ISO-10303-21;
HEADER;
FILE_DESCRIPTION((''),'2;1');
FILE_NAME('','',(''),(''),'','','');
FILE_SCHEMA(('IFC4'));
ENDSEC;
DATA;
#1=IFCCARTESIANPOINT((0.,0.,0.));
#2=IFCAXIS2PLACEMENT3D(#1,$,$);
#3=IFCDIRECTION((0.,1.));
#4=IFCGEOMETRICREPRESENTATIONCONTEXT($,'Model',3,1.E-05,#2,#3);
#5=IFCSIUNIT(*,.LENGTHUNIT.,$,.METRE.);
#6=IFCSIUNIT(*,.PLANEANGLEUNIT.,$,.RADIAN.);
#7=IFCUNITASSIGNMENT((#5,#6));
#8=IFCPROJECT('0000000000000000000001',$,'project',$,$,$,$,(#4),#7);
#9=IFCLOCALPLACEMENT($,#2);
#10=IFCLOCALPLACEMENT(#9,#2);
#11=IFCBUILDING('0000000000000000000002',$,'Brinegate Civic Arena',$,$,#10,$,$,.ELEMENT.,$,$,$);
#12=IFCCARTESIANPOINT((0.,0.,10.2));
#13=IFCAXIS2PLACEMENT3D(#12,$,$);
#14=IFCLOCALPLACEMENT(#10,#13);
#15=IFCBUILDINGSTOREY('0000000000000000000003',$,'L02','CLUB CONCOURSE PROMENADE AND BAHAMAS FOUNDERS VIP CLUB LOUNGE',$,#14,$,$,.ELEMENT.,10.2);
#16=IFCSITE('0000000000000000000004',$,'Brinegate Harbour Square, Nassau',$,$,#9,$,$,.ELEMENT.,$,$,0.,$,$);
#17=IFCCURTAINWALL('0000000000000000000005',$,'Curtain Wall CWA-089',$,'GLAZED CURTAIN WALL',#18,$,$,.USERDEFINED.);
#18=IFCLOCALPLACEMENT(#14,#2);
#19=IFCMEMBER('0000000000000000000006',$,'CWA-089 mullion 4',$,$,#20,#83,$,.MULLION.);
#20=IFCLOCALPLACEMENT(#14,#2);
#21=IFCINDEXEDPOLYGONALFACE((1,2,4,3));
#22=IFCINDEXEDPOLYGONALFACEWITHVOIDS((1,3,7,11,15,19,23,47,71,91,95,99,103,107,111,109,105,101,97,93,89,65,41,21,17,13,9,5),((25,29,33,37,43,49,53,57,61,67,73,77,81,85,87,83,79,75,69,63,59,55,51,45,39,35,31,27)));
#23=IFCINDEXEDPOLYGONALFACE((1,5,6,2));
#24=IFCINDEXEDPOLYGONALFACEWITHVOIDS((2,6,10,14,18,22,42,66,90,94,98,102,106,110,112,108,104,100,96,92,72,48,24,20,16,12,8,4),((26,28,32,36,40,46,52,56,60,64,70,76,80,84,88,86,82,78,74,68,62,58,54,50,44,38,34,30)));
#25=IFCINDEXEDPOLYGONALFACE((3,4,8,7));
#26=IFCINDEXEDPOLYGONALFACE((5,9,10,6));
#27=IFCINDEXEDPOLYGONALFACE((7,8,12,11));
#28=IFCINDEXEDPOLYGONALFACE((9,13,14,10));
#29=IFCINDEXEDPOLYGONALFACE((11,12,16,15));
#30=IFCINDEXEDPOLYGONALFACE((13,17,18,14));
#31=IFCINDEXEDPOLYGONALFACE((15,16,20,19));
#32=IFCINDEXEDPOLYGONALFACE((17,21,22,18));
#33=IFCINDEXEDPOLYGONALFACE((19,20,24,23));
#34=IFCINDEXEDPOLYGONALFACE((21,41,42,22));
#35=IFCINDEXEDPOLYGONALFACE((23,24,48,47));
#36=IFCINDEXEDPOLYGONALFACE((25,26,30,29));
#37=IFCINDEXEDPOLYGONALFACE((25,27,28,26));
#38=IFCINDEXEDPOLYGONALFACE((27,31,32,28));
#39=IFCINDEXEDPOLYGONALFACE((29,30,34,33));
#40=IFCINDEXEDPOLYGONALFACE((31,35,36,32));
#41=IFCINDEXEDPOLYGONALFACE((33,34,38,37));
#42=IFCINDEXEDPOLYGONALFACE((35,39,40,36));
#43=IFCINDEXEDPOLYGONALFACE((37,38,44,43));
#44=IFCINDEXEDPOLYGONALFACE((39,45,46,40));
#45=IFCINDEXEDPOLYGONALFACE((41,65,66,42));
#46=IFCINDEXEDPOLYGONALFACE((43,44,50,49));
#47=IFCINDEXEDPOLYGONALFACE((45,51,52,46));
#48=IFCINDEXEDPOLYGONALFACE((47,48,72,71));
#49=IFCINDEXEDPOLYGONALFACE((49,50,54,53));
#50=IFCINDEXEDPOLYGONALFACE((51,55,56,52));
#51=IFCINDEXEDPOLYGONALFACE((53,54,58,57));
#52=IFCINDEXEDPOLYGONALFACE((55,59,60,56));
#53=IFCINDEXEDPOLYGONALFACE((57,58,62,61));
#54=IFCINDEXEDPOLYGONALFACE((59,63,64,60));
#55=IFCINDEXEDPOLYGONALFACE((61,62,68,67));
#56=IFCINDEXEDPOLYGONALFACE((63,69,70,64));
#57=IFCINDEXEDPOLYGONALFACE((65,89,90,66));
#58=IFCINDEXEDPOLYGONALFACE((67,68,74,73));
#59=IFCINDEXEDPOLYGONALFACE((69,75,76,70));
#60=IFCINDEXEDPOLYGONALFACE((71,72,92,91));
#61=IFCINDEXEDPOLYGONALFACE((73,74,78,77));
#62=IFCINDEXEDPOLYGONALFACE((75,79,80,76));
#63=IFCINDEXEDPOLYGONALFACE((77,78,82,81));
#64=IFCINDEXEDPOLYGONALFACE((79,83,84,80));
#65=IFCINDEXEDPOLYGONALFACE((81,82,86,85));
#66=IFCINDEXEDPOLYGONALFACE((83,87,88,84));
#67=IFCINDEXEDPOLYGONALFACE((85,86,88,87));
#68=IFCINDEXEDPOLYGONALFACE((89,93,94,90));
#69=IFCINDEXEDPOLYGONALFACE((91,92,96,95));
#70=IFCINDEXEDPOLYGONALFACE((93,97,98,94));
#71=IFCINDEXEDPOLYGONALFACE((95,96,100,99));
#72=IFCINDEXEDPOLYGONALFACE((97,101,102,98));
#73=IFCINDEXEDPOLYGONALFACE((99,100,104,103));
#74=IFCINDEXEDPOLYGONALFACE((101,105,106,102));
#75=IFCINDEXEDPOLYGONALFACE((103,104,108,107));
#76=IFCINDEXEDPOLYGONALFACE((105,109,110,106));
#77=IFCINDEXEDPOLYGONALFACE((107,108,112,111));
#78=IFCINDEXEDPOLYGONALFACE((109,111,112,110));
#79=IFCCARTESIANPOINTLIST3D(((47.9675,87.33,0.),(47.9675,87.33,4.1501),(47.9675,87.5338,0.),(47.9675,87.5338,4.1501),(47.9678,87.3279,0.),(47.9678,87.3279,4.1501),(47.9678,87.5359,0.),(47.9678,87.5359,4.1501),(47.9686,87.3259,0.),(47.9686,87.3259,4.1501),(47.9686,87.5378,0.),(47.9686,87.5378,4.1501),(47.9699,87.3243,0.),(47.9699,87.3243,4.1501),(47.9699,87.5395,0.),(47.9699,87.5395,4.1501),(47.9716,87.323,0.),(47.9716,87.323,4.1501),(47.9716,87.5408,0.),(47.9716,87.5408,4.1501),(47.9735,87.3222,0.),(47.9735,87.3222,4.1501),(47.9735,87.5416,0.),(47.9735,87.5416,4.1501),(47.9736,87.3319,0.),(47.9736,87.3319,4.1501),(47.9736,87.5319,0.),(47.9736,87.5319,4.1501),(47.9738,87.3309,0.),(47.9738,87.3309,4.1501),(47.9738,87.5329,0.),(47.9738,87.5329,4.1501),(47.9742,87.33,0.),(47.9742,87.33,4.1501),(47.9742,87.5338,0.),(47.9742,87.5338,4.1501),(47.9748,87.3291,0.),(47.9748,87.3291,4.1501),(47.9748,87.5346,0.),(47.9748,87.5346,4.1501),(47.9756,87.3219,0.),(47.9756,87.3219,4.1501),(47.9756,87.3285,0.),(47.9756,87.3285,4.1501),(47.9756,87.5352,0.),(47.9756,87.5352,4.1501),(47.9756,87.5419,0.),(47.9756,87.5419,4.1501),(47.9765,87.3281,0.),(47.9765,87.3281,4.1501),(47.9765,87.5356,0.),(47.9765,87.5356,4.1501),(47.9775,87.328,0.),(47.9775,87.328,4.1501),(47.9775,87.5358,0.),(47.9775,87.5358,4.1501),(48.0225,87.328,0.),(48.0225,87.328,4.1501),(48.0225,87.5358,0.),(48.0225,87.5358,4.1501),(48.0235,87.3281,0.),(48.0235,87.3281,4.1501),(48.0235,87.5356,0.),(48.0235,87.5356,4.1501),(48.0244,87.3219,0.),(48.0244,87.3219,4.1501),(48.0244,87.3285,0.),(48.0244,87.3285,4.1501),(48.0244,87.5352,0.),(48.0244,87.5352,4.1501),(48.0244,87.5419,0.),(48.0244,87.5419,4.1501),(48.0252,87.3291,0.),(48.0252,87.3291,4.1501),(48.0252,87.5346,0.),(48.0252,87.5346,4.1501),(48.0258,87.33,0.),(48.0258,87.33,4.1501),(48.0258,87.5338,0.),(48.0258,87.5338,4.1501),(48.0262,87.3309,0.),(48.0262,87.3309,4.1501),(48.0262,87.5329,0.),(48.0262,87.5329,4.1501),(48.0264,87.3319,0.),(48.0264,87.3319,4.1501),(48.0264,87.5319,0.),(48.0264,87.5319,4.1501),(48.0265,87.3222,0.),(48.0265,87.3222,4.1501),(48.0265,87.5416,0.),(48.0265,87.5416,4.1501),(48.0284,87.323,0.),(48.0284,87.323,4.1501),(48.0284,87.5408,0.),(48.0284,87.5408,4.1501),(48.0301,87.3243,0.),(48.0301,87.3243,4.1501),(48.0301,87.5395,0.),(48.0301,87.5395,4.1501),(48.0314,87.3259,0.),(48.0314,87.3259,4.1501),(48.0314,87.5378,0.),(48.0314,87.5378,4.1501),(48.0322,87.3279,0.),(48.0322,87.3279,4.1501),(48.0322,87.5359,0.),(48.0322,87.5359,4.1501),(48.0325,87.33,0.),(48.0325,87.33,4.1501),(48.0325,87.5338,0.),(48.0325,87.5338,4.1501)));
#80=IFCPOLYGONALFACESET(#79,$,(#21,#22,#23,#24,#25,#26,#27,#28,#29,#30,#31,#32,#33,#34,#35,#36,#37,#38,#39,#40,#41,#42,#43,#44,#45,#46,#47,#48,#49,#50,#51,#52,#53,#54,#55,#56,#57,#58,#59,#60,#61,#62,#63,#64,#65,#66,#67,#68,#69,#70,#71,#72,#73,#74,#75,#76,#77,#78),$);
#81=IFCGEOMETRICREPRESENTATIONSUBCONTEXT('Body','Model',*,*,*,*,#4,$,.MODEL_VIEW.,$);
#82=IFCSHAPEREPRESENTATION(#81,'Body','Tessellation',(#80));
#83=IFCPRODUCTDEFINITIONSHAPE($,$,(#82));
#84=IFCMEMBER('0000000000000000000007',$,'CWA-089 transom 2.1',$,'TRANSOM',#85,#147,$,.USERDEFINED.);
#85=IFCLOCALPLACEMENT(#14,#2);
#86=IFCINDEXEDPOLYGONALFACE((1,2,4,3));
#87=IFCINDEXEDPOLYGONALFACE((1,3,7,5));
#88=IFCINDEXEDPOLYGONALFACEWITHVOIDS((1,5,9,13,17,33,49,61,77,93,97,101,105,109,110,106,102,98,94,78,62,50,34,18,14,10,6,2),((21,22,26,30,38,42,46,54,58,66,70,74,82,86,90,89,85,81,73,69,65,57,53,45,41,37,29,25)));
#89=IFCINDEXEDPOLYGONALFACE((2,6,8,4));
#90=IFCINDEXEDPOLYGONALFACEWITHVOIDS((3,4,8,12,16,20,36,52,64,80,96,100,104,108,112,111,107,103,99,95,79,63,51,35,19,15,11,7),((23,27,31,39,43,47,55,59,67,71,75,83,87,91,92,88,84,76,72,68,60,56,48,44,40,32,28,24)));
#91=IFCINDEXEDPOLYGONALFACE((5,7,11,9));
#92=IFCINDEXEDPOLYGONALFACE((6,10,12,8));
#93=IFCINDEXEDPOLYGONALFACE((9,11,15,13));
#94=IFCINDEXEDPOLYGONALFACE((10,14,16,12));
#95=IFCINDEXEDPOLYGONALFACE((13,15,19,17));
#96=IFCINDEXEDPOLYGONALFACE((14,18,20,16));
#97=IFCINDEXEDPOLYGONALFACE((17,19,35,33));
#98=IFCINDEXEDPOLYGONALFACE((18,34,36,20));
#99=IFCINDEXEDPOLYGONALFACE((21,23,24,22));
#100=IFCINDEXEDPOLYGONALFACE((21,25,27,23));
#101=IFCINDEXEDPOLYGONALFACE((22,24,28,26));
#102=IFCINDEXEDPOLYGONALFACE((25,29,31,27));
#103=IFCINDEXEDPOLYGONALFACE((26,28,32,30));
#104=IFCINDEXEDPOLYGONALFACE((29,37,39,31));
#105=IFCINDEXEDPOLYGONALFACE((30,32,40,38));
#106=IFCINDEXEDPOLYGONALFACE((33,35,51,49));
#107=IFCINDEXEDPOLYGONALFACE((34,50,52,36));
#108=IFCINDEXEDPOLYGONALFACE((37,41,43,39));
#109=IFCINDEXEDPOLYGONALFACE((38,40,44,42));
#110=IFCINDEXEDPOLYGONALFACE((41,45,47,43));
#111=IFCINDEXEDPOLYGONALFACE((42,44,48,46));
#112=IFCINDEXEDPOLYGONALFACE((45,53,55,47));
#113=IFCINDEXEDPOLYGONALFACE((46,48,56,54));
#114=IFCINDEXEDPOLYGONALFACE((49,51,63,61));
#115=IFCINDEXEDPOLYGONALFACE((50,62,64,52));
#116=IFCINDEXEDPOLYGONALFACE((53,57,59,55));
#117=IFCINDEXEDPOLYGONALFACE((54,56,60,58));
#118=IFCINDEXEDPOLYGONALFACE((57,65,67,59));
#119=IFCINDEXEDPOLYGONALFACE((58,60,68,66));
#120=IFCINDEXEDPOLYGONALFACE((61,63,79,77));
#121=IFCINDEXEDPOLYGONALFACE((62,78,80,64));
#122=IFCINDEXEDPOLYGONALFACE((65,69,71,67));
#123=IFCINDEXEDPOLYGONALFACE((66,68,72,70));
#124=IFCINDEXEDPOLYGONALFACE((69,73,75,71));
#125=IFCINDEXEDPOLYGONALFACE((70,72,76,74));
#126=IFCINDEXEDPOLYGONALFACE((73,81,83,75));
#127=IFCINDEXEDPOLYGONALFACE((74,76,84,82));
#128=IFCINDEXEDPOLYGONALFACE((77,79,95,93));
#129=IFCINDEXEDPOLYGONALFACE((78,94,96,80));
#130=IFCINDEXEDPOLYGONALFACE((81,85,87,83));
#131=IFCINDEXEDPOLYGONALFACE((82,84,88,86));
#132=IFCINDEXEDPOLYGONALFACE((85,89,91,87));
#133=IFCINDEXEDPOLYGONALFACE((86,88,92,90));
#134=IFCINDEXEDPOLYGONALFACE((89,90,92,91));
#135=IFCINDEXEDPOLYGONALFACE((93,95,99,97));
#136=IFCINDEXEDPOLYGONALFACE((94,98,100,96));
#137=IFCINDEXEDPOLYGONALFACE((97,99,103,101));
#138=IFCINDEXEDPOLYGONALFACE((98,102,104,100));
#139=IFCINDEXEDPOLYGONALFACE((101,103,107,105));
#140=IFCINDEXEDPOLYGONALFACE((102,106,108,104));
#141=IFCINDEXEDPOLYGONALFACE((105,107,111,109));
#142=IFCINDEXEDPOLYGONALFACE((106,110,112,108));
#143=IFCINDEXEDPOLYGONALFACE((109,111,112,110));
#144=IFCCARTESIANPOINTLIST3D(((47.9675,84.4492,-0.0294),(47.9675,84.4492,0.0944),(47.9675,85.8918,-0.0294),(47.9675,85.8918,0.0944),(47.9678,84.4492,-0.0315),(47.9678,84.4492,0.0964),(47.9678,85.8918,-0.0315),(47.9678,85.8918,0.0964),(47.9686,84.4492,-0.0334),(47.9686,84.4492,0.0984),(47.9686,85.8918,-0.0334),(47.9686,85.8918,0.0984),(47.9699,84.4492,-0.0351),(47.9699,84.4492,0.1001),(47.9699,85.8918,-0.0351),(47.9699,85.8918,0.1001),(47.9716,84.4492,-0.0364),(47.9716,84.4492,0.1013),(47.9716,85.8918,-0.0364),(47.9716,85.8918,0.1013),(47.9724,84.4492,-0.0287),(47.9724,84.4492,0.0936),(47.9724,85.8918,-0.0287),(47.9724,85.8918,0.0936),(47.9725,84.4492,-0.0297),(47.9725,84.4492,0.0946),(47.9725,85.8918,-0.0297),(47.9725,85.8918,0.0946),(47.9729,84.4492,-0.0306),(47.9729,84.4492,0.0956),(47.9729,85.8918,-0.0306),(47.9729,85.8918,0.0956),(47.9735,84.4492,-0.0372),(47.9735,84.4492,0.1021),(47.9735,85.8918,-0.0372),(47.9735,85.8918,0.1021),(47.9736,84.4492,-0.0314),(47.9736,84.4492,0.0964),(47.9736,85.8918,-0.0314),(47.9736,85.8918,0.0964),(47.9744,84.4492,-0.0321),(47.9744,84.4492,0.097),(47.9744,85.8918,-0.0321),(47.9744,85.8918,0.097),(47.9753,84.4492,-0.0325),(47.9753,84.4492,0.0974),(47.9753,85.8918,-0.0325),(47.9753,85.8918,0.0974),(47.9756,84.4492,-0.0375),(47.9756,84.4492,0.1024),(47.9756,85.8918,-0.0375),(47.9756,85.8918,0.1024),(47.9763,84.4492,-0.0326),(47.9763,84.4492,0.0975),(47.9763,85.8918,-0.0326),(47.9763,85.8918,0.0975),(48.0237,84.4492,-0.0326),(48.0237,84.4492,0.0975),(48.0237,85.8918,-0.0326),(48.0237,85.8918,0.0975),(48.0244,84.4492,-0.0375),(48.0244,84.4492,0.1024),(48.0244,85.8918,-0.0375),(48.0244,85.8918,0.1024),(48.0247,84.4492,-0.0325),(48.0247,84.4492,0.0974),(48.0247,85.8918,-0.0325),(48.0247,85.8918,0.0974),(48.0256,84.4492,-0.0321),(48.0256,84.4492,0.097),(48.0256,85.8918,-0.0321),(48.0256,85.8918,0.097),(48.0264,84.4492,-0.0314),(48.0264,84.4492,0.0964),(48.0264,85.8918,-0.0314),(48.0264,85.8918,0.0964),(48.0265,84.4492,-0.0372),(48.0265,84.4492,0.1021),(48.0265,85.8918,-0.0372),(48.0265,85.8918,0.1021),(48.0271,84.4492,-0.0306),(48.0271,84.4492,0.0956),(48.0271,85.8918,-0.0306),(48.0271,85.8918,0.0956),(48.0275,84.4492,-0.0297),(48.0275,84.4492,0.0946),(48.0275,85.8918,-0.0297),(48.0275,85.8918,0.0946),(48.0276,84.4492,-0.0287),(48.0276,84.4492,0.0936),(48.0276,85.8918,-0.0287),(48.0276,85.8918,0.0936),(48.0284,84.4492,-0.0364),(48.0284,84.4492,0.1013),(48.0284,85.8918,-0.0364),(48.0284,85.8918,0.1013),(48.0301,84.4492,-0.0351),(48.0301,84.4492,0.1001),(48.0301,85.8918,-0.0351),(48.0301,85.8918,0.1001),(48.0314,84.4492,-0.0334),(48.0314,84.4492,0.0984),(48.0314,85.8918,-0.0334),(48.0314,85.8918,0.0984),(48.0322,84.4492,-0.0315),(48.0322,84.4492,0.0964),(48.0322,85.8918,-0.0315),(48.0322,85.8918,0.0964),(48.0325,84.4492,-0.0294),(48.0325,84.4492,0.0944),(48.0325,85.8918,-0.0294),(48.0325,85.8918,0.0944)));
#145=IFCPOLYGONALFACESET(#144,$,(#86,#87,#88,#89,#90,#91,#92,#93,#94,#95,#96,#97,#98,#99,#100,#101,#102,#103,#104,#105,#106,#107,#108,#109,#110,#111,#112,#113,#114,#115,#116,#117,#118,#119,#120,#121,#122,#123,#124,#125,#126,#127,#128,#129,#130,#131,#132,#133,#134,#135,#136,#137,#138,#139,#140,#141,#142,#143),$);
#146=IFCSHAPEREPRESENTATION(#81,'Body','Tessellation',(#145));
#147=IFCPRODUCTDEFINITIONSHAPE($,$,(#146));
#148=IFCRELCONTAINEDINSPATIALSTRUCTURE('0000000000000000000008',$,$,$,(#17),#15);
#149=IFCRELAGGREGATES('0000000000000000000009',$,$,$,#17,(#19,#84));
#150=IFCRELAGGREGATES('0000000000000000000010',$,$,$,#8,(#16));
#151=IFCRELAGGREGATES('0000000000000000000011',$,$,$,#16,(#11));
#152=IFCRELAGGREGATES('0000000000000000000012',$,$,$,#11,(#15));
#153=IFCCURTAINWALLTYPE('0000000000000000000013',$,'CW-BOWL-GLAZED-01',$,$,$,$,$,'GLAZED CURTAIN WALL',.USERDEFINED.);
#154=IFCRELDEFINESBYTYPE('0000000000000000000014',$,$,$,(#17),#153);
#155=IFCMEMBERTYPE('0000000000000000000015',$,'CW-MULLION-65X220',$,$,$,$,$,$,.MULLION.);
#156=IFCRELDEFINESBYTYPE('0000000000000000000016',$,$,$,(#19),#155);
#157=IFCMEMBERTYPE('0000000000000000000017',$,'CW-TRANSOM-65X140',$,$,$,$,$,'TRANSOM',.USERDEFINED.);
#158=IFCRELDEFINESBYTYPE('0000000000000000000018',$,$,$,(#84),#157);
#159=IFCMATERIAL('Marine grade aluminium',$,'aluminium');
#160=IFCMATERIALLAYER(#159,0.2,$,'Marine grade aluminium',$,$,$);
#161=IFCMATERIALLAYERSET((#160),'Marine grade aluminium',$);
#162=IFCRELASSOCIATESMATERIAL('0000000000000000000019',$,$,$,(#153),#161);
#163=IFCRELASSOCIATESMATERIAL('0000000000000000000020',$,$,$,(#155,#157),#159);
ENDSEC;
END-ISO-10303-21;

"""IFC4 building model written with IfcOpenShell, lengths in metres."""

from ifc_helpers import new_model, si_unit, direction, frame, origin, origin_2d, place, context, subcontext, project, spatial, hollow_rectangle, extrude, material, layer, layer_set, material_profile, profile_set, type_object, element, aggregate, save


model = new_model("IFC4")

# Units and contexts
model_context = context("Model", 3, precision=1e-05, world=origin(), true_north=direction((0.0, 1.0)))
body_context = subcontext(model_context, "Body", "Model", "MODEL_VIEW")
ifc_project = project(units=[si_unit("LENGTHUNIT", "METRE"), si_unit("PLANEANGLEUNIT", "RADIAN")], contexts=[model_context])

# Site, building, storey
site_placement = place(None, origin())
site = spatial("IfcSite", under=ifc_project, at=site_placement, Name="Brinegate Harbour Square, Nassau", CompositionType="ELEMENT", RefElevation=0.0)
building_placement = place(site_placement, origin())
building = spatial("IfcBuilding", under=site, at=building_placement, Name="Brinegate Civic Arena", CompositionType="ELEMENT")
storey_placement = place(building_placement, frame((0.0, 0.0, 10.2)))
storey = spatial("IfcBuildingStorey", under=building, at=storey_placement, Name="L02", Description="CLUB CONCOURSE PROMENADE AND BAHAMAS FOUNDERS VIP CLUB LOUNGE", CompositionType="ELEMENT", Elevation=10.2)

# Curtain wall, members
ifc_material_1 = material(Name="Marine grade aluminium", Category="aluminium")
ifc_layer_1 = layer(ifc_material_1, 0.2, Name="Marine grade aluminium")
ifc_layer_set_1 = layer_set([ifc_layer_1], Name="Marine grade aluminium")
curtain_wall_type_1 = type_object("IfcCurtainWallType", Name="CW-BOWL-GLAZED-01", ElementType="GLAZED CURTAIN WALL", PredefinedType="USERDEFINED", material=ifc_layer_set_1)
curtain_wall_1_placement = place(storey_placement, origin())
curtain_wall_1 = element("IfcCurtainWall", 1, at=curtain_wall_1_placement, inside=storey, type_object=curtain_wall_type_1, Name="Curtain Wall CWA-089", ObjectType="GLAZED CURTAIN WALL", PredefinedType="USERDEFINED")
ifc_material_profile_1 = material_profile(ifc_material_1, hollow_rectangle(XDim=0.0649, YDim=0.22, WallThickness=0.0061, InnerFilletRadius=0.0039, OuterFilletRadius=0.0081, at=origin_2d()), Name="MUL65X220")
ifc_profile_set_1 = profile_set([ifc_material_profile_1], Name="Marine grade aluminium")
member_type_1 = type_object("IfcMemberType", Name="CW-MULLION-65X220", PredefinedType="MULLION", material=ifc_profile_set_1)
member_1_placement = place(storey_placement, frame((48.0, 87.4319, 0.0), z_axis=(0.0, 0.0, 1.0), x_axis=(-1.0, 0.0, 0.0)))
member_1 = element("IfcMember", 2, at=member_1_placement, type_object=member_type_1, Name="CWA-089 mullion 4", PredefinedType="MULLION", context=body_context, shape_type="SweptSolid", body=[
    extrude(hollow_rectangle(XDim=0.0649, YDim=0.22, WallThickness=0.0061, InnerFilletRadius=0.0039, OuterFilletRadius=0.0081, at=origin_2d()), origin(), (0.0, 0.0, 1.0), 4.1501),
])
ifc_material_profile_2 = material_profile(ifc_material_1, hollow_rectangle(XDim=0.0649, YDim=0.1399, WallThickness=0.0049, InnerFilletRadius=0.0039, OuterFilletRadius=0.0081, at=origin_2d()), Name="TRN65X140")
ifc_profile_set_2 = profile_set([ifc_material_profile_2], Name="Marine grade aluminium")
member_type_2 = type_object("IfcMemberType", Name="CW-TRANSOM-65X140", ElementType="TRANSOM", PredefinedType="USERDEFINED", material=ifc_profile_set_2)
member_2_placement = place(storey_placement, frame((48.0, 84.4492, 0.0325), z_axis=(0.0, 1.0, 0.0), x_axis=(-1.0, 0.0, 0.0)))
member_2 = element("IfcMember", 3, at=member_2_placement, type_object=member_type_2, Name="CWA-089 transom 2.1", ObjectType="TRANSOM", PredefinedType="USERDEFINED", context=body_context, shape_type="SweptSolid", body=[
    extrude(hollow_rectangle(XDim=0.0649, YDim=0.1399, WallThickness=0.0049, InnerFilletRadius=0.0039, OuterFilletRadius=0.0081, at=origin_2d()), origin(), (0.0, 0.0, 1.0), 1.4426),
])

aggregate(curtain_wall_1, [member_1, member_2])

save(model, "model.ifc")
